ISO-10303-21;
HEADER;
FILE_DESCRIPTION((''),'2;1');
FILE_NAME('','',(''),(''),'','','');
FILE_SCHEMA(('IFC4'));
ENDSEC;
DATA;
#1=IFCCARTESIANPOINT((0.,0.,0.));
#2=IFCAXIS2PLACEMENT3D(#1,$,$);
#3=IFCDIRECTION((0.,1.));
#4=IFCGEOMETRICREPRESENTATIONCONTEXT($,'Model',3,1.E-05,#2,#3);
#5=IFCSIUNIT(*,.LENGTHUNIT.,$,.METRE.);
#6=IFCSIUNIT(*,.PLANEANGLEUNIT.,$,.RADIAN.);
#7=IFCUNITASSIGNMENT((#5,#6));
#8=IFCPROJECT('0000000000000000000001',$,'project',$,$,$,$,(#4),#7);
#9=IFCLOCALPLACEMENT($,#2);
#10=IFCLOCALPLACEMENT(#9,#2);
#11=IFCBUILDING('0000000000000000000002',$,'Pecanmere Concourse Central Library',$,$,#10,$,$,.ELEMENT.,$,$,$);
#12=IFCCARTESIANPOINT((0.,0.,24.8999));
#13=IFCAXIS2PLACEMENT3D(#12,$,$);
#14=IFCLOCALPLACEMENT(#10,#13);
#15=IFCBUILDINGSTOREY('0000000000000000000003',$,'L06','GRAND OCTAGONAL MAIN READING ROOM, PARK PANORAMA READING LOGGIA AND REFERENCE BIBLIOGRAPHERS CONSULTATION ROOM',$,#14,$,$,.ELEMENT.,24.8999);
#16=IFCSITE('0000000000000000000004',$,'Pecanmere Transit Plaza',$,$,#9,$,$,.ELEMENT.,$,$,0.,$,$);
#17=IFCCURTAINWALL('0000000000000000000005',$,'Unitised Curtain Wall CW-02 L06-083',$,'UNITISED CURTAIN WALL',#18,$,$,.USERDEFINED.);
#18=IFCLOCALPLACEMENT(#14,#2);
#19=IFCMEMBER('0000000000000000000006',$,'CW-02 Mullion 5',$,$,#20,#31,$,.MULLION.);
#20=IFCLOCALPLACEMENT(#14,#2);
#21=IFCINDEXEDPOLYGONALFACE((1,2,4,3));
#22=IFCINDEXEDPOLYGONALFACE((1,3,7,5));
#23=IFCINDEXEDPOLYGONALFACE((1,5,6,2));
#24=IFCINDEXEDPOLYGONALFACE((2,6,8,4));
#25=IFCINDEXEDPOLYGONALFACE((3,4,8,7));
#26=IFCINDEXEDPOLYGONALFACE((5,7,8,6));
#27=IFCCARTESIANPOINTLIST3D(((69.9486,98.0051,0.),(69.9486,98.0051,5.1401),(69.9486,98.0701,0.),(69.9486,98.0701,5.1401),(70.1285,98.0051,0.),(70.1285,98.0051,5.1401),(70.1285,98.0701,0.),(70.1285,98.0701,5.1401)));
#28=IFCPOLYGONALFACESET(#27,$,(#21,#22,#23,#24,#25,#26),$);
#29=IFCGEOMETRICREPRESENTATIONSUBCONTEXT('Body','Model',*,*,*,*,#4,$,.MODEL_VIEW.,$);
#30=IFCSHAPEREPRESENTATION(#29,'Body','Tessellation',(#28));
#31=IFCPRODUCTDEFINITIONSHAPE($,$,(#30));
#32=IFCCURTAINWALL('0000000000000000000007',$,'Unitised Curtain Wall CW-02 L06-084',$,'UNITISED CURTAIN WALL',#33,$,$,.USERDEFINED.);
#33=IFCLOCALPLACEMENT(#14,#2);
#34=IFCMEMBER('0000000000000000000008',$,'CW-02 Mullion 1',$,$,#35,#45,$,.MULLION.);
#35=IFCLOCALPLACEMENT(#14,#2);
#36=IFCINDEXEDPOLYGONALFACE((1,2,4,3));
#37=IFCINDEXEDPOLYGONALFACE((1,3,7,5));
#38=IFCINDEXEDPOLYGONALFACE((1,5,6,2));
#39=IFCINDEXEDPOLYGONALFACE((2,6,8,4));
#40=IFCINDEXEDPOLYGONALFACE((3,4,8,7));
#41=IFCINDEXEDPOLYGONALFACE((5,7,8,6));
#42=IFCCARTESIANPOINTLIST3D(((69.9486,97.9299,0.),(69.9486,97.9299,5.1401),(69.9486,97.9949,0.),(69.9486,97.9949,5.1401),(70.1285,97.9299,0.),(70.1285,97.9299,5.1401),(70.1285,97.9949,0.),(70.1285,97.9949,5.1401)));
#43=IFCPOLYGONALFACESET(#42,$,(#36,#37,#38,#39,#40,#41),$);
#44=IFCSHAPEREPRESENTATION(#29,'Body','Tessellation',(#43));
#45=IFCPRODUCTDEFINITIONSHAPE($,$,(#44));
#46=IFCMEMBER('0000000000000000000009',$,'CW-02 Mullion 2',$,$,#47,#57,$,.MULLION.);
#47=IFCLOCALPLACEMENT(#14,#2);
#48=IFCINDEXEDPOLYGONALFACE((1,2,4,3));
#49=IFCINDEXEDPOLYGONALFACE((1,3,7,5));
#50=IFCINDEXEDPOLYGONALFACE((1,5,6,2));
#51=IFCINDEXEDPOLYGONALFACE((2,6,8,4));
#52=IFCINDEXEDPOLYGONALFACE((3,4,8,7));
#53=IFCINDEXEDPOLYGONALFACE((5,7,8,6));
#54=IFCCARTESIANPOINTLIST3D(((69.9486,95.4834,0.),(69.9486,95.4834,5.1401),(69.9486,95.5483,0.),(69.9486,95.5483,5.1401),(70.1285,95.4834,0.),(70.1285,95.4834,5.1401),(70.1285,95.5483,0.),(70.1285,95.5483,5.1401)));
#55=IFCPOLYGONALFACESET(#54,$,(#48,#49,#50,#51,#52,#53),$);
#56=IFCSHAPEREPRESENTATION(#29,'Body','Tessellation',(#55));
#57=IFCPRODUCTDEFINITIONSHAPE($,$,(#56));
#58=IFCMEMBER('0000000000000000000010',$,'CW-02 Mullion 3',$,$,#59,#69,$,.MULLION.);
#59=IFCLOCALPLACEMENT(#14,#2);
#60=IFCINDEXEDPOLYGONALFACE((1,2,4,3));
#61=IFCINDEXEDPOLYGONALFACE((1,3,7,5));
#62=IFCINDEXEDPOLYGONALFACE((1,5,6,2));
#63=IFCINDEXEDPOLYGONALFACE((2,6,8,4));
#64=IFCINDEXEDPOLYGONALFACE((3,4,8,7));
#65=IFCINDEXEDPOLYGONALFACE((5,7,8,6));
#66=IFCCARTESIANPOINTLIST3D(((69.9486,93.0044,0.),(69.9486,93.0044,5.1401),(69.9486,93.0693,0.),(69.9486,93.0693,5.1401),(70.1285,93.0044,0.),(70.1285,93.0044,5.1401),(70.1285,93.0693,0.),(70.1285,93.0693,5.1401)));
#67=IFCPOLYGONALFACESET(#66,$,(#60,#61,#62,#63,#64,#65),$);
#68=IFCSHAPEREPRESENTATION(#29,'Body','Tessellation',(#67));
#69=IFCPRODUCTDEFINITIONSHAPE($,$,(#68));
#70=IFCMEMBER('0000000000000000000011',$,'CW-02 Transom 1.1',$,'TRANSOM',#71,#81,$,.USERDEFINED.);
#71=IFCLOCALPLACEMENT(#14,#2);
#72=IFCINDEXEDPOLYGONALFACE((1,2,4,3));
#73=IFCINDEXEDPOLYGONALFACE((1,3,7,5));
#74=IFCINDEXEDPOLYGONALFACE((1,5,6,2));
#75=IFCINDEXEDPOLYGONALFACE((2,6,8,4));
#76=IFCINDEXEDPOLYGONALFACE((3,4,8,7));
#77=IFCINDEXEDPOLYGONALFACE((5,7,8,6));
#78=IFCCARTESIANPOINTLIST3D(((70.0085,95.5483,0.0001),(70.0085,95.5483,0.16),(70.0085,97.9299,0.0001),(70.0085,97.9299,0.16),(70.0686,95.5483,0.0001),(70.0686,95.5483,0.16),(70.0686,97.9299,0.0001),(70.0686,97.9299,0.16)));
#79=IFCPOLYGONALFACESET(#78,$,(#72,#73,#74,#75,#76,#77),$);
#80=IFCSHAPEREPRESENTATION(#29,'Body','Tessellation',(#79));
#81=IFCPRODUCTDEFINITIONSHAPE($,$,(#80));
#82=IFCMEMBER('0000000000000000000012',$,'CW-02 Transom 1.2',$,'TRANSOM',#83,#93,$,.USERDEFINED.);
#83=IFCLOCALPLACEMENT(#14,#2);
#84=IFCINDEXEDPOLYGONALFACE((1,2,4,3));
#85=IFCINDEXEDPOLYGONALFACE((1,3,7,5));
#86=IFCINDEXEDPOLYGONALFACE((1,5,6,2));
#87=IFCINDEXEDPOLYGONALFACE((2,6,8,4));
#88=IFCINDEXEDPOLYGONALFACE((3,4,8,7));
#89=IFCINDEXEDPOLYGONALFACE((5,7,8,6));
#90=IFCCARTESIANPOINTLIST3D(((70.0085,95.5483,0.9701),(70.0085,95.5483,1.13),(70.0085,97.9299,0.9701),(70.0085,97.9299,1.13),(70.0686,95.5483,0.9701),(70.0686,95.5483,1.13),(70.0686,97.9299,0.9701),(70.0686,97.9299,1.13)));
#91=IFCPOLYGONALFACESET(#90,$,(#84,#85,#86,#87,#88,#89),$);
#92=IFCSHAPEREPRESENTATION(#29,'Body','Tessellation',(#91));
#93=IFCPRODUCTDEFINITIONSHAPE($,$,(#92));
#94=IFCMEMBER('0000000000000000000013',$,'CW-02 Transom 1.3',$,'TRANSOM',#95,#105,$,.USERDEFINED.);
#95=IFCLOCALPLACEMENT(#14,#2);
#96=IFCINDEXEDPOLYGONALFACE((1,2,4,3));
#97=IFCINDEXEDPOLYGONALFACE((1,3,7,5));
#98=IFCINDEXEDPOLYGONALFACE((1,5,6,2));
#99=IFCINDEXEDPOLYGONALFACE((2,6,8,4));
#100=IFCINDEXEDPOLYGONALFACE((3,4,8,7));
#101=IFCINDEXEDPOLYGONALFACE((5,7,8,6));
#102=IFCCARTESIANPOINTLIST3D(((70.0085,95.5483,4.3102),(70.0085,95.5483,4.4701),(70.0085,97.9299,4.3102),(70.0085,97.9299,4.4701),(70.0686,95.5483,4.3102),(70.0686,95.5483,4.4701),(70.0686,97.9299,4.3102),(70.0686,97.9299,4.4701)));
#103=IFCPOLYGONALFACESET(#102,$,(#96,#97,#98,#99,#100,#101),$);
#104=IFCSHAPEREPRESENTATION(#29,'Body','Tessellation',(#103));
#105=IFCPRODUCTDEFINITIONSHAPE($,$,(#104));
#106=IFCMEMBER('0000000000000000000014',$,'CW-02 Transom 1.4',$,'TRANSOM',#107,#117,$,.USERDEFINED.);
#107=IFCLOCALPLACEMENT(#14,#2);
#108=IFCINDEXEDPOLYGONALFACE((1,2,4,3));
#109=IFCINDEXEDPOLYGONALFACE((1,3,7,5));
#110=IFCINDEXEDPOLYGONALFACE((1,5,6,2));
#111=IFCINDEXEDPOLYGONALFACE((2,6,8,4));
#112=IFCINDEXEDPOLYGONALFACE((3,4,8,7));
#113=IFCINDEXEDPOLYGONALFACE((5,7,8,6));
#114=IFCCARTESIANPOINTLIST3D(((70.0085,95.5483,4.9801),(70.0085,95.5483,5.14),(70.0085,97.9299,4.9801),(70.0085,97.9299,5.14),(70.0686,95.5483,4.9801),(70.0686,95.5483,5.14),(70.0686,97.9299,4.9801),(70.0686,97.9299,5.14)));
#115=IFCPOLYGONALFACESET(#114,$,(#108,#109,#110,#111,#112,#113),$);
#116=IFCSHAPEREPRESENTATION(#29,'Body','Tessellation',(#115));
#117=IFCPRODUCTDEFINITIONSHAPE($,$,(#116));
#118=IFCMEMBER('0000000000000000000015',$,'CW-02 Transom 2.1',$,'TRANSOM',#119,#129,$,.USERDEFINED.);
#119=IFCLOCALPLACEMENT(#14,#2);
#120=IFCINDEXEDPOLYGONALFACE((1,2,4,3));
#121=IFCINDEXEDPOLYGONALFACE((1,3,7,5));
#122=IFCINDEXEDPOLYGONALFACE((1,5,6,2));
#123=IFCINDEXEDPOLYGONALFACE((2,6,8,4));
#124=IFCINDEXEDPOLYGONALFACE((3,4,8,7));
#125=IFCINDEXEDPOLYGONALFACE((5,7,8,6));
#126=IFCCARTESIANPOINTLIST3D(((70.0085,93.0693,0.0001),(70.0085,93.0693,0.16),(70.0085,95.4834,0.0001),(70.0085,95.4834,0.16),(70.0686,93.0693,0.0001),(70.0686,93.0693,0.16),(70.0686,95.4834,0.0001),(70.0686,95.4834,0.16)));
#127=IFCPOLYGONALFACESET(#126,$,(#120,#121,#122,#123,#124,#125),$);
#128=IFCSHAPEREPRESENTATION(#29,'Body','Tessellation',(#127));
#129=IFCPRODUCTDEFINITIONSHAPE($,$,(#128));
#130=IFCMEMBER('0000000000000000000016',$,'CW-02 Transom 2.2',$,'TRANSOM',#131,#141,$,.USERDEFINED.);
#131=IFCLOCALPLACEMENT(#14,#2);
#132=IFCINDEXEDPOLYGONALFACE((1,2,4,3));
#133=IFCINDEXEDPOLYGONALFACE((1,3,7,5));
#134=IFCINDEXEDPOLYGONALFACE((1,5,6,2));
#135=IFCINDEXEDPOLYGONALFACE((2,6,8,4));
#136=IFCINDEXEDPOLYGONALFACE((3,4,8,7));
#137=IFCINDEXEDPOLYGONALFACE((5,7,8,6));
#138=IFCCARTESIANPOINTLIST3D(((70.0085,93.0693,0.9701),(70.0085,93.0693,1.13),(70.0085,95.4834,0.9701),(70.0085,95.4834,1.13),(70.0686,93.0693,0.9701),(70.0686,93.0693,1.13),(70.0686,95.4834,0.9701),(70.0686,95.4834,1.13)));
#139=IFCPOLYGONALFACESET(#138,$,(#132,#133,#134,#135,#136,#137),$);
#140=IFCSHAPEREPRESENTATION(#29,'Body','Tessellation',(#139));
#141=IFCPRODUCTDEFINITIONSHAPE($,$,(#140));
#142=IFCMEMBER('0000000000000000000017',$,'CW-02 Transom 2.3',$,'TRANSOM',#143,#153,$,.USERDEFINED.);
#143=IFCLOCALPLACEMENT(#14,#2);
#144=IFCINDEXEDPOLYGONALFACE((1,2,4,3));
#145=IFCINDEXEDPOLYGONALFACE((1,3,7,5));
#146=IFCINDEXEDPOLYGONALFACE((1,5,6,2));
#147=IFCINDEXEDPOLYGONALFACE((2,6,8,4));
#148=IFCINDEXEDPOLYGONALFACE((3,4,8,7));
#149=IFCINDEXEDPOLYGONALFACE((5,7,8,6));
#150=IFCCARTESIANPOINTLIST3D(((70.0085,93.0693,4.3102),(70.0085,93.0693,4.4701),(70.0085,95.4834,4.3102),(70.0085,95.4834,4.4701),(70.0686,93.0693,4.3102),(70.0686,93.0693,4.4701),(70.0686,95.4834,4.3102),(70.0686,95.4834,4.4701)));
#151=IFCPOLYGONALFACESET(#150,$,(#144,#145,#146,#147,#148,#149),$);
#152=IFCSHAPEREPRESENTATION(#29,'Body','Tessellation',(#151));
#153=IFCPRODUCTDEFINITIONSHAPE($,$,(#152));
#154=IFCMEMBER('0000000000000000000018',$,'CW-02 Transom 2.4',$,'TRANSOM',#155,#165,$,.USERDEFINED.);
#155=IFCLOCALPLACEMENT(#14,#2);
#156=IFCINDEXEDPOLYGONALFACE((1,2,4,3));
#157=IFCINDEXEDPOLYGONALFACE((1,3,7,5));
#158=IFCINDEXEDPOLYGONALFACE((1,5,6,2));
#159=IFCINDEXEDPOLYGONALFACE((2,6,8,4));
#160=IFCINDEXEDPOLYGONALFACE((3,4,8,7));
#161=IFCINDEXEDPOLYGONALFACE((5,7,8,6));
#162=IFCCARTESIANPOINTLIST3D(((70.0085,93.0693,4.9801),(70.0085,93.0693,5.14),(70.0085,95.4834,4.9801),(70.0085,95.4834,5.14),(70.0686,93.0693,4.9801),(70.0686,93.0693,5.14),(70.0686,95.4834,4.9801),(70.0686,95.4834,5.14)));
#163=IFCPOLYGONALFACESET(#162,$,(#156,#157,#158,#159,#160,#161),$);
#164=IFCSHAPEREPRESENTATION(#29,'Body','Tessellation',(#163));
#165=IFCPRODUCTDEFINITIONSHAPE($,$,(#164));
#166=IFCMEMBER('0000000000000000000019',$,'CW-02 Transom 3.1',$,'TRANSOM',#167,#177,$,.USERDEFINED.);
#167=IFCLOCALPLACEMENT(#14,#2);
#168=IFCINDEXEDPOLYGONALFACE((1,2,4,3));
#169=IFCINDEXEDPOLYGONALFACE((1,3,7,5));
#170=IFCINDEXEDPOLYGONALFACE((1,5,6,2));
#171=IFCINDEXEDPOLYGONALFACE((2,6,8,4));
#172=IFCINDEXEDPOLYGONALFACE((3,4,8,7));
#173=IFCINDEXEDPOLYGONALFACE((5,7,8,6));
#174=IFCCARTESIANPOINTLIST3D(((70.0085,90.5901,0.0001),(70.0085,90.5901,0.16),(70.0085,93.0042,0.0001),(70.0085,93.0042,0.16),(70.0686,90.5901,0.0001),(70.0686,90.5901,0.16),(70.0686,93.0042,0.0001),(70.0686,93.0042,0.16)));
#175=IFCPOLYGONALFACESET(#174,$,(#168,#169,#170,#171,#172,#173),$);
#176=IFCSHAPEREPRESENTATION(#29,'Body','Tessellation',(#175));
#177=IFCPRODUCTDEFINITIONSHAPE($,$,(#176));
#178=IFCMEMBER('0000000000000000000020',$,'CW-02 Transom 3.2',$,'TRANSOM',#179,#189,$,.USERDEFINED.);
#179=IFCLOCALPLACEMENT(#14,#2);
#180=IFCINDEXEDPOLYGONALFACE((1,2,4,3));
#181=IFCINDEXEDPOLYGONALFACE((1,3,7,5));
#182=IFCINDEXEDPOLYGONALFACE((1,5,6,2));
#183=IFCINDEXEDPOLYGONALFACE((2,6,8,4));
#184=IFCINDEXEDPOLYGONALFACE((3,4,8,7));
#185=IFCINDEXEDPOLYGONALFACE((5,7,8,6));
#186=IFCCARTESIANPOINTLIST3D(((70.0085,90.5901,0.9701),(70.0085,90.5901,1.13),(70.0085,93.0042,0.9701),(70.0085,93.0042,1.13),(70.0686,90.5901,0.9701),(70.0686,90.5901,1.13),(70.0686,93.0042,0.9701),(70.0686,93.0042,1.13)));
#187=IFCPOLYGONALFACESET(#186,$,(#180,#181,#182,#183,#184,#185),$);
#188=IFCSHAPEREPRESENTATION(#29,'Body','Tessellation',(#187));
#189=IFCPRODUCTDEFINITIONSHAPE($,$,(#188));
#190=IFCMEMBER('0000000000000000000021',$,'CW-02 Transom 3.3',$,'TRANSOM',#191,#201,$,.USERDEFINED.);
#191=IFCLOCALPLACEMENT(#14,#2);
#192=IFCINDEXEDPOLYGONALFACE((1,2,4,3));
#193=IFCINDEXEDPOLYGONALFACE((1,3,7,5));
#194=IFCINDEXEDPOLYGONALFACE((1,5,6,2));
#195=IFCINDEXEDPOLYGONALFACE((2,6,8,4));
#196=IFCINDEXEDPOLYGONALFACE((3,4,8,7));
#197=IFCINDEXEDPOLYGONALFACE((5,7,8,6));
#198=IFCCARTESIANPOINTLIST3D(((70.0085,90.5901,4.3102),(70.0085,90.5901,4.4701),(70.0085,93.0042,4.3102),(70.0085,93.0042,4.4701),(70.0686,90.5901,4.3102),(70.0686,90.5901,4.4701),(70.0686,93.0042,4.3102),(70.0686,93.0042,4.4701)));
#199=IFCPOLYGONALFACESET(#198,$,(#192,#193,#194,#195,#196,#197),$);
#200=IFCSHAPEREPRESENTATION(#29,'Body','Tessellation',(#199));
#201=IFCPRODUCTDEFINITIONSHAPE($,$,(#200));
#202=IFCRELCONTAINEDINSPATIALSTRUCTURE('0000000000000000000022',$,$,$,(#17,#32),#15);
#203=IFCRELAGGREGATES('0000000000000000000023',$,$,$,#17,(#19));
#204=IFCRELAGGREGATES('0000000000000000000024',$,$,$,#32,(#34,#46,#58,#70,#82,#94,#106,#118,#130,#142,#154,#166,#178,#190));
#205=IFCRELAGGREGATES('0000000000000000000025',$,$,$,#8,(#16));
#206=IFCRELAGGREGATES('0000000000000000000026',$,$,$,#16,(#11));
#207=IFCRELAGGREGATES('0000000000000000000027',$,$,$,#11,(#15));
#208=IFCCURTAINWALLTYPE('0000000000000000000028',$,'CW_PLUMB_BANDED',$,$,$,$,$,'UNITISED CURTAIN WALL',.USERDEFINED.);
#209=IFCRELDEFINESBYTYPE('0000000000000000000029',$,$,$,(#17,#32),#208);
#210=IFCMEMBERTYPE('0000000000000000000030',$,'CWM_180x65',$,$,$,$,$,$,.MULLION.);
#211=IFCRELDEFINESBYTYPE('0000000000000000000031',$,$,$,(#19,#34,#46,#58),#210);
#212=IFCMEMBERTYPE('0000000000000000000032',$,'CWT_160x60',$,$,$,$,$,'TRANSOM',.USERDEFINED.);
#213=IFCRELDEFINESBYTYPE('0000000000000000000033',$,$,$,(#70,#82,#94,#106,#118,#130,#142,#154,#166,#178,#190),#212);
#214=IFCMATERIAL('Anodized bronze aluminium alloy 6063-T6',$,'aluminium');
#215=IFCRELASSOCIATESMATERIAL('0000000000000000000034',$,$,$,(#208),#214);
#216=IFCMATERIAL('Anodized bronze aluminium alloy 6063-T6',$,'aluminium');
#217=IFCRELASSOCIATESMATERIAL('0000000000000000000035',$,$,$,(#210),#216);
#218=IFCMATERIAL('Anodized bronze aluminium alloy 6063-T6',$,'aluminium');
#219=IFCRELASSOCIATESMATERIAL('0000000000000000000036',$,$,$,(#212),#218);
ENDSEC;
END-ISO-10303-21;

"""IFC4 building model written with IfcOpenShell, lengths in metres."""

from ifc_helpers import new_model, si_unit, direction, frame, origin, origin_2d, place, context, subcontext, project, spatial, rectangle, extrude, material, material_profile, profile_set, type_object, element, aggregate, save


model = new_model("IFC4")

# Units and contexts
model_context = context("Model", 3, precision=1e-05, world=origin(), true_north=direction((0.0, 1.0)))
body_context = subcontext(model_context, "Body", "Model", "MODEL_VIEW")
ifc_project = project(units=[si_unit("LENGTHUNIT", "METRE"), si_unit("PLANEANGLEUNIT", "RADIAN")], contexts=[model_context])

# Site, building, storey
site_placement = place(None, origin())
site = spatial("IfcSite", under=ifc_project, at=site_placement, Name="Pecanmere Transit Plaza", CompositionType="ELEMENT", RefElevation=0.0)
building_placement = place(site_placement, origin())
building = spatial("IfcBuilding", under=site, at=building_placement, Name="Pecanmere Concourse Central Library", CompositionType="ELEMENT")
storey_placement = place(building_placement, frame((0.0, 0.0, 24.8999)))
storey = spatial("IfcBuildingStorey", under=building, at=storey_placement, Name="L06", Description="GRAND OCTAGONAL MAIN READING ROOM, PARK PANORAMA READING LOGGIA AND REFERENCE BIBLIOGRAPHERS CONSULTATION ROOM", CompositionType="ELEMENT", Elevation=24.8999)

# Curtain wall, member
ifc_material_1 = material(Name="Anodized bronze aluminium alloy 6063-T6", Category="aluminium")
curtain_wall_type = type_object("IfcCurtainWallType", Name="CW_PLUMB_BANDED", ElementType="UNITISED CURTAIN WALL", PredefinedType="USERDEFINED", material=ifc_material_1)
curtain_wall_1_placement = place(storey_placement, origin())
curtain_wall_1 = element("IfcCurtainWall", 1, at=curtain_wall_1_placement, inside=storey, type_object=curtain_wall_type, Name="Unitised Curtain Wall CW-02 L06-083", ObjectType="UNITISED CURTAIN WALL", PredefinedType="USERDEFINED")
ifc_material_2 = material(Name="Anodized bronze aluminium alloy 6063-T6", Category="aluminium")
ifc_material_profile_1 = material_profile(ifc_material_2, rectangle(XDim=0.0649, YDim=0.1799, at=origin_2d()), Name="AL 65x180")
ifc_profile_set_1 = profile_set([ifc_material_profile_1], Name="Anodized bronze aluminium alloy 6063-T6")
member_type_1 = type_object("IfcMemberType", Name="CWM_180x65", PredefinedType="MULLION", material=ifc_profile_set_1)
member_1_placement = place(storey_placement, frame((70.0386, 98.0376, 0.0), z_axis=(0.0, 0.0, 1.0), x_axis=(0.0, -1.0, 0.0)))
member_1 = element("IfcMember", 2, at=member_1_placement, type_object=member_type_1, Name="CW-02 Mullion 5", PredefinedType="MULLION", context=body_context, shape_type="SweptSolid", body=[
    extrude(rectangle(XDim=0.0649, YDim=0.1799, at=origin_2d()), origin(), (0.0, 0.0, 1.0), 5.1401),
])

# Curtain wall, members
curtain_wall_2_placement = place(storey_placement, origin())
curtain_wall_2 = element("IfcCurtainWall", 3, at=curtain_wall_2_placement, inside=storey, type_object=curtain_wall_type, Name="Unitised Curtain Wall CW-02 L06-084", ObjectType="UNITISED CURTAIN WALL", PredefinedType="USERDEFINED")
member_2_placement = place(storey_placement, frame((70.0386, 97.9624, 0.0), z_axis=(0.0, 0.0, 1.0), x_axis=(0.0, -1.0, 0.0)))
member_2 = element("IfcMember", 4, at=member_2_placement, type_object=member_type_1, Name="CW-02 Mullion 1", PredefinedType="MULLION", context=body_context, shape_type="SweptSolid", body=[
    extrude(rectangle(XDim=0.0649, YDim=0.1799, at=origin_2d()), origin(), (0.0, 0.0, 1.0), 5.1401),
])
member_3_placement = place(storey_placement, frame((70.0386, 95.5159, 0.0), z_axis=(0.0, 0.0, 1.0), x_axis=(0.0, -1.0, 0.0)))
member_3 = element("IfcMember", 5, at=member_3_placement, type_object=member_type_1, Name="CW-02 Mullion 2", PredefinedType="MULLION", context=body_context, shape_type="SweptSolid", body=[
    extrude(rectangle(XDim=0.0649, YDim=0.1799, at=origin_2d()), origin(), (0.0, 0.0, 1.0), 5.1401),
])
member_4_placement = place(storey_placement, frame((70.0386, 93.0369, 0.0), z_axis=(0.0, 0.0, 1.0), x_axis=(0.0, -1.0, 0.0)))
member_4 = element("IfcMember", 6, at=member_4_placement, type_object=member_type_1, Name="CW-02 Mullion 3", PredefinedType="MULLION", context=body_context, shape_type="SweptSolid", body=[
    extrude(rectangle(XDim=0.0649, YDim=0.1799, at=origin_2d()), origin(), (0.0, 0.0, 1.0), 5.1401),
])
ifc_material_3 = material(Name="Anodized bronze aluminium alloy 6063-T6", Category="aluminium")
ifc_material_profile_2 = material_profile(ifc_material_3, rectangle(XDim=0.0601, YDim=0.1599, at=origin_2d()), Name="AL 60x160")
ifc_profile_set_2 = profile_set([ifc_material_profile_2], Name="Anodized bronze aluminium alloy 6063-T6")
member_type_2 = type_object("IfcMemberType", Name="CWT_160x60", ElementType="TRANSOM", PredefinedType="USERDEFINED", material=ifc_profile_set_2)
member_5_placement = place(storey_placement, frame((70.0386, 97.9299, 0.0801), z_axis=(0.0, -1.0, 0.0), x_axis=(1.0, 0.0, 0.0)))
member_5 = element("IfcMember", 7, at=member_5_placement, type_object=member_type_2, Name="CW-02 Transom 1.1", ObjectType="TRANSOM", PredefinedType="USERDEFINED", context=body_context, shape_type="SweptSolid", body=[
    extrude(rectangle(XDim=0.0601, YDim=0.1599, at=origin_2d()), origin(), (0.0, 0.0, 1.0), 2.3816),
])
member_6_placement = place(storey_placement, frame((70.0386, 97.9299, 1.05), z_axis=(0.0, -1.0, 0.0), x_axis=(1.0, 0.0, 0.0)))
member_6 = element("IfcMember", 8, at=member_6_placement, type_object=member_type_2, Name="CW-02 Transom 1.2", ObjectType="TRANSOM", PredefinedType="USERDEFINED", context=body_context, shape_type="SweptSolid", body=[
    extrude(rectangle(XDim=0.0601, YDim=0.1599, at=origin_2d()), origin(), (0.0, 0.0, 1.0), 2.3816),
])
member_7_placement = place(storey_placement, frame((70.0386, 97.9299, 4.3901), z_axis=(0.0, -1.0, 0.0), x_axis=(1.0, 0.0, 0.0)))
member_7 = element("IfcMember", 9, at=member_7_placement, type_object=member_type_2, Name="CW-02 Transom 1.3", ObjectType="TRANSOM", PredefinedType="USERDEFINED", context=body_context, shape_type="SweptSolid", body=[
    extrude(rectangle(XDim=0.0601, YDim=0.1599, at=origin_2d()), origin(), (0.0, 0.0, 1.0), 2.3816),
])
member_8_placement = place(storey_placement, frame((70.0386, 97.9299, 5.0601), z_axis=(0.0, -1.0, 0.0), x_axis=(1.0, 0.0, 0.0)))
member_8 = element("IfcMember", 10, at=member_8_placement, type_object=member_type_2, Name="CW-02 Transom 1.4", ObjectType="TRANSOM", PredefinedType="USERDEFINED", context=body_context, shape_type="SweptSolid", body=[
    extrude(rectangle(XDim=0.0601, YDim=0.1599, at=origin_2d()), origin(), (0.0, 0.0, 1.0), 2.3816),
])
member_9_placement = place(storey_placement, frame((70.0386, 95.4834, 0.0801), z_axis=(0.0, -1.0, 0.0), x_axis=(1.0, 0.0, 0.0)))
member_9 = element("IfcMember", 11, at=member_9_placement, type_object=member_type_2, Name="CW-02 Transom 2.1", ObjectType="TRANSOM", PredefinedType="USERDEFINED", context=body_context, shape_type="SweptSolid", body=[
    extrude(rectangle(XDim=0.0601, YDim=0.1599, at=origin_2d()), origin(), (0.0, 0.0, 1.0), 2.4141),
])
member_10_placement = place(storey_placement, frame((70.0386, 95.4834, 1.05), z_axis=(0.0, -1.0, 0.0), x_axis=(1.0, 0.0, 0.0)))
member_10 = element("IfcMember", 12, at=member_10_placement, type_object=member_type_2, Name="CW-02 Transom 2.2", ObjectType="TRANSOM", PredefinedType="USERDEFINED", context=body_context, shape_type="SweptSolid", body=[
    extrude(rectangle(XDim=0.0601, YDim=0.1599, at=origin_2d()), origin(), (0.0, 0.0, 1.0), 2.4141),
])
member_11_placement = place(storey_placement, frame((70.0386, 95.4834, 4.3901), z_axis=(0.0, -1.0, 0.0), x_axis=(1.0, 0.0, 0.0)))
member_11 = element("IfcMember", 13, at=member_11_placement, type_object=member_type_2, Name="CW-02 Transom 2.3", ObjectType="TRANSOM", PredefinedType="USERDEFINED", context=body_context, shape_type="SweptSolid", body=[
    extrude(rectangle(XDim=0.0601, YDim=0.1599, at=origin_2d()), origin(), (0.0, 0.0, 1.0), 2.4141),
])
member_12_placement = place(storey_placement, frame((70.0386, 95.4834, 5.0601), z_axis=(0.0, -1.0, 0.0), x_axis=(1.0, 0.0, 0.0)))
member_12 = element("IfcMember", 14, at=member_12_placement, type_object=member_type_2, Name="CW-02 Transom 2.4", ObjectType="TRANSOM", PredefinedType="USERDEFINED", context=body_context, shape_type="SweptSolid", body=[
    extrude(rectangle(XDim=0.0601, YDim=0.1599, at=origin_2d()), origin(), (0.0, 0.0, 1.0), 2.4141),
])
member_13_placement = place(storey_placement, frame((70.0386, 93.0042, 0.0801), z_axis=(0.0, -1.0, 0.0), x_axis=(1.0, 0.0, 0.0)))
member_13 = element("IfcMember", 15, at=member_13_placement, type_object=member_type_2, Name="CW-02 Transom 3.1", ObjectType="TRANSOM", PredefinedType="USERDEFINED", context=body_context, shape_type="SweptSolid", body=[
    extrude(rectangle(XDim=0.0601, YDim=0.1599, at=origin_2d()), origin(), (0.0, 0.0, 1.0), 2.4141),
])
member_14_placement = place(storey_placement, frame((70.0386, 93.0042, 1.05), z_axis=(0.0, -1.0, 0.0), x_axis=(1.0, 0.0, 0.0)))
member_14 = element("IfcMember", 16, at=member_14_placement, type_object=member_type_2, Name="CW-02 Transom 3.2", ObjectType="TRANSOM", PredefinedType="USERDEFINED", context=body_context, shape_type="SweptSolid", body=[
    extrude(rectangle(XDim=0.0601, YDim=0.1599, at=origin_2d()), origin(), (0.0, 0.0, 1.0), 2.4141),
])
member_15_placement = place(storey_placement, frame((70.0386, 93.0042, 4.3901), z_axis=(0.0, -1.0, 0.0), x_axis=(1.0, 0.0, 0.0)))
member_15 = element("IfcMember", 17, at=member_15_placement, type_object=member_type_2, Name="CW-02 Transom 3.3", ObjectType="TRANSOM", PredefinedType="USERDEFINED", context=body_context, shape_type="SweptSolid", body=[
    extrude(rectangle(XDim=0.0601, YDim=0.1599, at=origin_2d()), origin(), (0.0, 0.0, 1.0), 2.4141),
])

aggregate(curtain_wall_1, [member_1])
aggregate(curtain_wall_2, [member_2, member_3, member_4, member_5, member_6, member_7, member_8, member_9, member_10, member_11, member_12, member_13, member_14, member_15])

save(model, "model.ifc")
